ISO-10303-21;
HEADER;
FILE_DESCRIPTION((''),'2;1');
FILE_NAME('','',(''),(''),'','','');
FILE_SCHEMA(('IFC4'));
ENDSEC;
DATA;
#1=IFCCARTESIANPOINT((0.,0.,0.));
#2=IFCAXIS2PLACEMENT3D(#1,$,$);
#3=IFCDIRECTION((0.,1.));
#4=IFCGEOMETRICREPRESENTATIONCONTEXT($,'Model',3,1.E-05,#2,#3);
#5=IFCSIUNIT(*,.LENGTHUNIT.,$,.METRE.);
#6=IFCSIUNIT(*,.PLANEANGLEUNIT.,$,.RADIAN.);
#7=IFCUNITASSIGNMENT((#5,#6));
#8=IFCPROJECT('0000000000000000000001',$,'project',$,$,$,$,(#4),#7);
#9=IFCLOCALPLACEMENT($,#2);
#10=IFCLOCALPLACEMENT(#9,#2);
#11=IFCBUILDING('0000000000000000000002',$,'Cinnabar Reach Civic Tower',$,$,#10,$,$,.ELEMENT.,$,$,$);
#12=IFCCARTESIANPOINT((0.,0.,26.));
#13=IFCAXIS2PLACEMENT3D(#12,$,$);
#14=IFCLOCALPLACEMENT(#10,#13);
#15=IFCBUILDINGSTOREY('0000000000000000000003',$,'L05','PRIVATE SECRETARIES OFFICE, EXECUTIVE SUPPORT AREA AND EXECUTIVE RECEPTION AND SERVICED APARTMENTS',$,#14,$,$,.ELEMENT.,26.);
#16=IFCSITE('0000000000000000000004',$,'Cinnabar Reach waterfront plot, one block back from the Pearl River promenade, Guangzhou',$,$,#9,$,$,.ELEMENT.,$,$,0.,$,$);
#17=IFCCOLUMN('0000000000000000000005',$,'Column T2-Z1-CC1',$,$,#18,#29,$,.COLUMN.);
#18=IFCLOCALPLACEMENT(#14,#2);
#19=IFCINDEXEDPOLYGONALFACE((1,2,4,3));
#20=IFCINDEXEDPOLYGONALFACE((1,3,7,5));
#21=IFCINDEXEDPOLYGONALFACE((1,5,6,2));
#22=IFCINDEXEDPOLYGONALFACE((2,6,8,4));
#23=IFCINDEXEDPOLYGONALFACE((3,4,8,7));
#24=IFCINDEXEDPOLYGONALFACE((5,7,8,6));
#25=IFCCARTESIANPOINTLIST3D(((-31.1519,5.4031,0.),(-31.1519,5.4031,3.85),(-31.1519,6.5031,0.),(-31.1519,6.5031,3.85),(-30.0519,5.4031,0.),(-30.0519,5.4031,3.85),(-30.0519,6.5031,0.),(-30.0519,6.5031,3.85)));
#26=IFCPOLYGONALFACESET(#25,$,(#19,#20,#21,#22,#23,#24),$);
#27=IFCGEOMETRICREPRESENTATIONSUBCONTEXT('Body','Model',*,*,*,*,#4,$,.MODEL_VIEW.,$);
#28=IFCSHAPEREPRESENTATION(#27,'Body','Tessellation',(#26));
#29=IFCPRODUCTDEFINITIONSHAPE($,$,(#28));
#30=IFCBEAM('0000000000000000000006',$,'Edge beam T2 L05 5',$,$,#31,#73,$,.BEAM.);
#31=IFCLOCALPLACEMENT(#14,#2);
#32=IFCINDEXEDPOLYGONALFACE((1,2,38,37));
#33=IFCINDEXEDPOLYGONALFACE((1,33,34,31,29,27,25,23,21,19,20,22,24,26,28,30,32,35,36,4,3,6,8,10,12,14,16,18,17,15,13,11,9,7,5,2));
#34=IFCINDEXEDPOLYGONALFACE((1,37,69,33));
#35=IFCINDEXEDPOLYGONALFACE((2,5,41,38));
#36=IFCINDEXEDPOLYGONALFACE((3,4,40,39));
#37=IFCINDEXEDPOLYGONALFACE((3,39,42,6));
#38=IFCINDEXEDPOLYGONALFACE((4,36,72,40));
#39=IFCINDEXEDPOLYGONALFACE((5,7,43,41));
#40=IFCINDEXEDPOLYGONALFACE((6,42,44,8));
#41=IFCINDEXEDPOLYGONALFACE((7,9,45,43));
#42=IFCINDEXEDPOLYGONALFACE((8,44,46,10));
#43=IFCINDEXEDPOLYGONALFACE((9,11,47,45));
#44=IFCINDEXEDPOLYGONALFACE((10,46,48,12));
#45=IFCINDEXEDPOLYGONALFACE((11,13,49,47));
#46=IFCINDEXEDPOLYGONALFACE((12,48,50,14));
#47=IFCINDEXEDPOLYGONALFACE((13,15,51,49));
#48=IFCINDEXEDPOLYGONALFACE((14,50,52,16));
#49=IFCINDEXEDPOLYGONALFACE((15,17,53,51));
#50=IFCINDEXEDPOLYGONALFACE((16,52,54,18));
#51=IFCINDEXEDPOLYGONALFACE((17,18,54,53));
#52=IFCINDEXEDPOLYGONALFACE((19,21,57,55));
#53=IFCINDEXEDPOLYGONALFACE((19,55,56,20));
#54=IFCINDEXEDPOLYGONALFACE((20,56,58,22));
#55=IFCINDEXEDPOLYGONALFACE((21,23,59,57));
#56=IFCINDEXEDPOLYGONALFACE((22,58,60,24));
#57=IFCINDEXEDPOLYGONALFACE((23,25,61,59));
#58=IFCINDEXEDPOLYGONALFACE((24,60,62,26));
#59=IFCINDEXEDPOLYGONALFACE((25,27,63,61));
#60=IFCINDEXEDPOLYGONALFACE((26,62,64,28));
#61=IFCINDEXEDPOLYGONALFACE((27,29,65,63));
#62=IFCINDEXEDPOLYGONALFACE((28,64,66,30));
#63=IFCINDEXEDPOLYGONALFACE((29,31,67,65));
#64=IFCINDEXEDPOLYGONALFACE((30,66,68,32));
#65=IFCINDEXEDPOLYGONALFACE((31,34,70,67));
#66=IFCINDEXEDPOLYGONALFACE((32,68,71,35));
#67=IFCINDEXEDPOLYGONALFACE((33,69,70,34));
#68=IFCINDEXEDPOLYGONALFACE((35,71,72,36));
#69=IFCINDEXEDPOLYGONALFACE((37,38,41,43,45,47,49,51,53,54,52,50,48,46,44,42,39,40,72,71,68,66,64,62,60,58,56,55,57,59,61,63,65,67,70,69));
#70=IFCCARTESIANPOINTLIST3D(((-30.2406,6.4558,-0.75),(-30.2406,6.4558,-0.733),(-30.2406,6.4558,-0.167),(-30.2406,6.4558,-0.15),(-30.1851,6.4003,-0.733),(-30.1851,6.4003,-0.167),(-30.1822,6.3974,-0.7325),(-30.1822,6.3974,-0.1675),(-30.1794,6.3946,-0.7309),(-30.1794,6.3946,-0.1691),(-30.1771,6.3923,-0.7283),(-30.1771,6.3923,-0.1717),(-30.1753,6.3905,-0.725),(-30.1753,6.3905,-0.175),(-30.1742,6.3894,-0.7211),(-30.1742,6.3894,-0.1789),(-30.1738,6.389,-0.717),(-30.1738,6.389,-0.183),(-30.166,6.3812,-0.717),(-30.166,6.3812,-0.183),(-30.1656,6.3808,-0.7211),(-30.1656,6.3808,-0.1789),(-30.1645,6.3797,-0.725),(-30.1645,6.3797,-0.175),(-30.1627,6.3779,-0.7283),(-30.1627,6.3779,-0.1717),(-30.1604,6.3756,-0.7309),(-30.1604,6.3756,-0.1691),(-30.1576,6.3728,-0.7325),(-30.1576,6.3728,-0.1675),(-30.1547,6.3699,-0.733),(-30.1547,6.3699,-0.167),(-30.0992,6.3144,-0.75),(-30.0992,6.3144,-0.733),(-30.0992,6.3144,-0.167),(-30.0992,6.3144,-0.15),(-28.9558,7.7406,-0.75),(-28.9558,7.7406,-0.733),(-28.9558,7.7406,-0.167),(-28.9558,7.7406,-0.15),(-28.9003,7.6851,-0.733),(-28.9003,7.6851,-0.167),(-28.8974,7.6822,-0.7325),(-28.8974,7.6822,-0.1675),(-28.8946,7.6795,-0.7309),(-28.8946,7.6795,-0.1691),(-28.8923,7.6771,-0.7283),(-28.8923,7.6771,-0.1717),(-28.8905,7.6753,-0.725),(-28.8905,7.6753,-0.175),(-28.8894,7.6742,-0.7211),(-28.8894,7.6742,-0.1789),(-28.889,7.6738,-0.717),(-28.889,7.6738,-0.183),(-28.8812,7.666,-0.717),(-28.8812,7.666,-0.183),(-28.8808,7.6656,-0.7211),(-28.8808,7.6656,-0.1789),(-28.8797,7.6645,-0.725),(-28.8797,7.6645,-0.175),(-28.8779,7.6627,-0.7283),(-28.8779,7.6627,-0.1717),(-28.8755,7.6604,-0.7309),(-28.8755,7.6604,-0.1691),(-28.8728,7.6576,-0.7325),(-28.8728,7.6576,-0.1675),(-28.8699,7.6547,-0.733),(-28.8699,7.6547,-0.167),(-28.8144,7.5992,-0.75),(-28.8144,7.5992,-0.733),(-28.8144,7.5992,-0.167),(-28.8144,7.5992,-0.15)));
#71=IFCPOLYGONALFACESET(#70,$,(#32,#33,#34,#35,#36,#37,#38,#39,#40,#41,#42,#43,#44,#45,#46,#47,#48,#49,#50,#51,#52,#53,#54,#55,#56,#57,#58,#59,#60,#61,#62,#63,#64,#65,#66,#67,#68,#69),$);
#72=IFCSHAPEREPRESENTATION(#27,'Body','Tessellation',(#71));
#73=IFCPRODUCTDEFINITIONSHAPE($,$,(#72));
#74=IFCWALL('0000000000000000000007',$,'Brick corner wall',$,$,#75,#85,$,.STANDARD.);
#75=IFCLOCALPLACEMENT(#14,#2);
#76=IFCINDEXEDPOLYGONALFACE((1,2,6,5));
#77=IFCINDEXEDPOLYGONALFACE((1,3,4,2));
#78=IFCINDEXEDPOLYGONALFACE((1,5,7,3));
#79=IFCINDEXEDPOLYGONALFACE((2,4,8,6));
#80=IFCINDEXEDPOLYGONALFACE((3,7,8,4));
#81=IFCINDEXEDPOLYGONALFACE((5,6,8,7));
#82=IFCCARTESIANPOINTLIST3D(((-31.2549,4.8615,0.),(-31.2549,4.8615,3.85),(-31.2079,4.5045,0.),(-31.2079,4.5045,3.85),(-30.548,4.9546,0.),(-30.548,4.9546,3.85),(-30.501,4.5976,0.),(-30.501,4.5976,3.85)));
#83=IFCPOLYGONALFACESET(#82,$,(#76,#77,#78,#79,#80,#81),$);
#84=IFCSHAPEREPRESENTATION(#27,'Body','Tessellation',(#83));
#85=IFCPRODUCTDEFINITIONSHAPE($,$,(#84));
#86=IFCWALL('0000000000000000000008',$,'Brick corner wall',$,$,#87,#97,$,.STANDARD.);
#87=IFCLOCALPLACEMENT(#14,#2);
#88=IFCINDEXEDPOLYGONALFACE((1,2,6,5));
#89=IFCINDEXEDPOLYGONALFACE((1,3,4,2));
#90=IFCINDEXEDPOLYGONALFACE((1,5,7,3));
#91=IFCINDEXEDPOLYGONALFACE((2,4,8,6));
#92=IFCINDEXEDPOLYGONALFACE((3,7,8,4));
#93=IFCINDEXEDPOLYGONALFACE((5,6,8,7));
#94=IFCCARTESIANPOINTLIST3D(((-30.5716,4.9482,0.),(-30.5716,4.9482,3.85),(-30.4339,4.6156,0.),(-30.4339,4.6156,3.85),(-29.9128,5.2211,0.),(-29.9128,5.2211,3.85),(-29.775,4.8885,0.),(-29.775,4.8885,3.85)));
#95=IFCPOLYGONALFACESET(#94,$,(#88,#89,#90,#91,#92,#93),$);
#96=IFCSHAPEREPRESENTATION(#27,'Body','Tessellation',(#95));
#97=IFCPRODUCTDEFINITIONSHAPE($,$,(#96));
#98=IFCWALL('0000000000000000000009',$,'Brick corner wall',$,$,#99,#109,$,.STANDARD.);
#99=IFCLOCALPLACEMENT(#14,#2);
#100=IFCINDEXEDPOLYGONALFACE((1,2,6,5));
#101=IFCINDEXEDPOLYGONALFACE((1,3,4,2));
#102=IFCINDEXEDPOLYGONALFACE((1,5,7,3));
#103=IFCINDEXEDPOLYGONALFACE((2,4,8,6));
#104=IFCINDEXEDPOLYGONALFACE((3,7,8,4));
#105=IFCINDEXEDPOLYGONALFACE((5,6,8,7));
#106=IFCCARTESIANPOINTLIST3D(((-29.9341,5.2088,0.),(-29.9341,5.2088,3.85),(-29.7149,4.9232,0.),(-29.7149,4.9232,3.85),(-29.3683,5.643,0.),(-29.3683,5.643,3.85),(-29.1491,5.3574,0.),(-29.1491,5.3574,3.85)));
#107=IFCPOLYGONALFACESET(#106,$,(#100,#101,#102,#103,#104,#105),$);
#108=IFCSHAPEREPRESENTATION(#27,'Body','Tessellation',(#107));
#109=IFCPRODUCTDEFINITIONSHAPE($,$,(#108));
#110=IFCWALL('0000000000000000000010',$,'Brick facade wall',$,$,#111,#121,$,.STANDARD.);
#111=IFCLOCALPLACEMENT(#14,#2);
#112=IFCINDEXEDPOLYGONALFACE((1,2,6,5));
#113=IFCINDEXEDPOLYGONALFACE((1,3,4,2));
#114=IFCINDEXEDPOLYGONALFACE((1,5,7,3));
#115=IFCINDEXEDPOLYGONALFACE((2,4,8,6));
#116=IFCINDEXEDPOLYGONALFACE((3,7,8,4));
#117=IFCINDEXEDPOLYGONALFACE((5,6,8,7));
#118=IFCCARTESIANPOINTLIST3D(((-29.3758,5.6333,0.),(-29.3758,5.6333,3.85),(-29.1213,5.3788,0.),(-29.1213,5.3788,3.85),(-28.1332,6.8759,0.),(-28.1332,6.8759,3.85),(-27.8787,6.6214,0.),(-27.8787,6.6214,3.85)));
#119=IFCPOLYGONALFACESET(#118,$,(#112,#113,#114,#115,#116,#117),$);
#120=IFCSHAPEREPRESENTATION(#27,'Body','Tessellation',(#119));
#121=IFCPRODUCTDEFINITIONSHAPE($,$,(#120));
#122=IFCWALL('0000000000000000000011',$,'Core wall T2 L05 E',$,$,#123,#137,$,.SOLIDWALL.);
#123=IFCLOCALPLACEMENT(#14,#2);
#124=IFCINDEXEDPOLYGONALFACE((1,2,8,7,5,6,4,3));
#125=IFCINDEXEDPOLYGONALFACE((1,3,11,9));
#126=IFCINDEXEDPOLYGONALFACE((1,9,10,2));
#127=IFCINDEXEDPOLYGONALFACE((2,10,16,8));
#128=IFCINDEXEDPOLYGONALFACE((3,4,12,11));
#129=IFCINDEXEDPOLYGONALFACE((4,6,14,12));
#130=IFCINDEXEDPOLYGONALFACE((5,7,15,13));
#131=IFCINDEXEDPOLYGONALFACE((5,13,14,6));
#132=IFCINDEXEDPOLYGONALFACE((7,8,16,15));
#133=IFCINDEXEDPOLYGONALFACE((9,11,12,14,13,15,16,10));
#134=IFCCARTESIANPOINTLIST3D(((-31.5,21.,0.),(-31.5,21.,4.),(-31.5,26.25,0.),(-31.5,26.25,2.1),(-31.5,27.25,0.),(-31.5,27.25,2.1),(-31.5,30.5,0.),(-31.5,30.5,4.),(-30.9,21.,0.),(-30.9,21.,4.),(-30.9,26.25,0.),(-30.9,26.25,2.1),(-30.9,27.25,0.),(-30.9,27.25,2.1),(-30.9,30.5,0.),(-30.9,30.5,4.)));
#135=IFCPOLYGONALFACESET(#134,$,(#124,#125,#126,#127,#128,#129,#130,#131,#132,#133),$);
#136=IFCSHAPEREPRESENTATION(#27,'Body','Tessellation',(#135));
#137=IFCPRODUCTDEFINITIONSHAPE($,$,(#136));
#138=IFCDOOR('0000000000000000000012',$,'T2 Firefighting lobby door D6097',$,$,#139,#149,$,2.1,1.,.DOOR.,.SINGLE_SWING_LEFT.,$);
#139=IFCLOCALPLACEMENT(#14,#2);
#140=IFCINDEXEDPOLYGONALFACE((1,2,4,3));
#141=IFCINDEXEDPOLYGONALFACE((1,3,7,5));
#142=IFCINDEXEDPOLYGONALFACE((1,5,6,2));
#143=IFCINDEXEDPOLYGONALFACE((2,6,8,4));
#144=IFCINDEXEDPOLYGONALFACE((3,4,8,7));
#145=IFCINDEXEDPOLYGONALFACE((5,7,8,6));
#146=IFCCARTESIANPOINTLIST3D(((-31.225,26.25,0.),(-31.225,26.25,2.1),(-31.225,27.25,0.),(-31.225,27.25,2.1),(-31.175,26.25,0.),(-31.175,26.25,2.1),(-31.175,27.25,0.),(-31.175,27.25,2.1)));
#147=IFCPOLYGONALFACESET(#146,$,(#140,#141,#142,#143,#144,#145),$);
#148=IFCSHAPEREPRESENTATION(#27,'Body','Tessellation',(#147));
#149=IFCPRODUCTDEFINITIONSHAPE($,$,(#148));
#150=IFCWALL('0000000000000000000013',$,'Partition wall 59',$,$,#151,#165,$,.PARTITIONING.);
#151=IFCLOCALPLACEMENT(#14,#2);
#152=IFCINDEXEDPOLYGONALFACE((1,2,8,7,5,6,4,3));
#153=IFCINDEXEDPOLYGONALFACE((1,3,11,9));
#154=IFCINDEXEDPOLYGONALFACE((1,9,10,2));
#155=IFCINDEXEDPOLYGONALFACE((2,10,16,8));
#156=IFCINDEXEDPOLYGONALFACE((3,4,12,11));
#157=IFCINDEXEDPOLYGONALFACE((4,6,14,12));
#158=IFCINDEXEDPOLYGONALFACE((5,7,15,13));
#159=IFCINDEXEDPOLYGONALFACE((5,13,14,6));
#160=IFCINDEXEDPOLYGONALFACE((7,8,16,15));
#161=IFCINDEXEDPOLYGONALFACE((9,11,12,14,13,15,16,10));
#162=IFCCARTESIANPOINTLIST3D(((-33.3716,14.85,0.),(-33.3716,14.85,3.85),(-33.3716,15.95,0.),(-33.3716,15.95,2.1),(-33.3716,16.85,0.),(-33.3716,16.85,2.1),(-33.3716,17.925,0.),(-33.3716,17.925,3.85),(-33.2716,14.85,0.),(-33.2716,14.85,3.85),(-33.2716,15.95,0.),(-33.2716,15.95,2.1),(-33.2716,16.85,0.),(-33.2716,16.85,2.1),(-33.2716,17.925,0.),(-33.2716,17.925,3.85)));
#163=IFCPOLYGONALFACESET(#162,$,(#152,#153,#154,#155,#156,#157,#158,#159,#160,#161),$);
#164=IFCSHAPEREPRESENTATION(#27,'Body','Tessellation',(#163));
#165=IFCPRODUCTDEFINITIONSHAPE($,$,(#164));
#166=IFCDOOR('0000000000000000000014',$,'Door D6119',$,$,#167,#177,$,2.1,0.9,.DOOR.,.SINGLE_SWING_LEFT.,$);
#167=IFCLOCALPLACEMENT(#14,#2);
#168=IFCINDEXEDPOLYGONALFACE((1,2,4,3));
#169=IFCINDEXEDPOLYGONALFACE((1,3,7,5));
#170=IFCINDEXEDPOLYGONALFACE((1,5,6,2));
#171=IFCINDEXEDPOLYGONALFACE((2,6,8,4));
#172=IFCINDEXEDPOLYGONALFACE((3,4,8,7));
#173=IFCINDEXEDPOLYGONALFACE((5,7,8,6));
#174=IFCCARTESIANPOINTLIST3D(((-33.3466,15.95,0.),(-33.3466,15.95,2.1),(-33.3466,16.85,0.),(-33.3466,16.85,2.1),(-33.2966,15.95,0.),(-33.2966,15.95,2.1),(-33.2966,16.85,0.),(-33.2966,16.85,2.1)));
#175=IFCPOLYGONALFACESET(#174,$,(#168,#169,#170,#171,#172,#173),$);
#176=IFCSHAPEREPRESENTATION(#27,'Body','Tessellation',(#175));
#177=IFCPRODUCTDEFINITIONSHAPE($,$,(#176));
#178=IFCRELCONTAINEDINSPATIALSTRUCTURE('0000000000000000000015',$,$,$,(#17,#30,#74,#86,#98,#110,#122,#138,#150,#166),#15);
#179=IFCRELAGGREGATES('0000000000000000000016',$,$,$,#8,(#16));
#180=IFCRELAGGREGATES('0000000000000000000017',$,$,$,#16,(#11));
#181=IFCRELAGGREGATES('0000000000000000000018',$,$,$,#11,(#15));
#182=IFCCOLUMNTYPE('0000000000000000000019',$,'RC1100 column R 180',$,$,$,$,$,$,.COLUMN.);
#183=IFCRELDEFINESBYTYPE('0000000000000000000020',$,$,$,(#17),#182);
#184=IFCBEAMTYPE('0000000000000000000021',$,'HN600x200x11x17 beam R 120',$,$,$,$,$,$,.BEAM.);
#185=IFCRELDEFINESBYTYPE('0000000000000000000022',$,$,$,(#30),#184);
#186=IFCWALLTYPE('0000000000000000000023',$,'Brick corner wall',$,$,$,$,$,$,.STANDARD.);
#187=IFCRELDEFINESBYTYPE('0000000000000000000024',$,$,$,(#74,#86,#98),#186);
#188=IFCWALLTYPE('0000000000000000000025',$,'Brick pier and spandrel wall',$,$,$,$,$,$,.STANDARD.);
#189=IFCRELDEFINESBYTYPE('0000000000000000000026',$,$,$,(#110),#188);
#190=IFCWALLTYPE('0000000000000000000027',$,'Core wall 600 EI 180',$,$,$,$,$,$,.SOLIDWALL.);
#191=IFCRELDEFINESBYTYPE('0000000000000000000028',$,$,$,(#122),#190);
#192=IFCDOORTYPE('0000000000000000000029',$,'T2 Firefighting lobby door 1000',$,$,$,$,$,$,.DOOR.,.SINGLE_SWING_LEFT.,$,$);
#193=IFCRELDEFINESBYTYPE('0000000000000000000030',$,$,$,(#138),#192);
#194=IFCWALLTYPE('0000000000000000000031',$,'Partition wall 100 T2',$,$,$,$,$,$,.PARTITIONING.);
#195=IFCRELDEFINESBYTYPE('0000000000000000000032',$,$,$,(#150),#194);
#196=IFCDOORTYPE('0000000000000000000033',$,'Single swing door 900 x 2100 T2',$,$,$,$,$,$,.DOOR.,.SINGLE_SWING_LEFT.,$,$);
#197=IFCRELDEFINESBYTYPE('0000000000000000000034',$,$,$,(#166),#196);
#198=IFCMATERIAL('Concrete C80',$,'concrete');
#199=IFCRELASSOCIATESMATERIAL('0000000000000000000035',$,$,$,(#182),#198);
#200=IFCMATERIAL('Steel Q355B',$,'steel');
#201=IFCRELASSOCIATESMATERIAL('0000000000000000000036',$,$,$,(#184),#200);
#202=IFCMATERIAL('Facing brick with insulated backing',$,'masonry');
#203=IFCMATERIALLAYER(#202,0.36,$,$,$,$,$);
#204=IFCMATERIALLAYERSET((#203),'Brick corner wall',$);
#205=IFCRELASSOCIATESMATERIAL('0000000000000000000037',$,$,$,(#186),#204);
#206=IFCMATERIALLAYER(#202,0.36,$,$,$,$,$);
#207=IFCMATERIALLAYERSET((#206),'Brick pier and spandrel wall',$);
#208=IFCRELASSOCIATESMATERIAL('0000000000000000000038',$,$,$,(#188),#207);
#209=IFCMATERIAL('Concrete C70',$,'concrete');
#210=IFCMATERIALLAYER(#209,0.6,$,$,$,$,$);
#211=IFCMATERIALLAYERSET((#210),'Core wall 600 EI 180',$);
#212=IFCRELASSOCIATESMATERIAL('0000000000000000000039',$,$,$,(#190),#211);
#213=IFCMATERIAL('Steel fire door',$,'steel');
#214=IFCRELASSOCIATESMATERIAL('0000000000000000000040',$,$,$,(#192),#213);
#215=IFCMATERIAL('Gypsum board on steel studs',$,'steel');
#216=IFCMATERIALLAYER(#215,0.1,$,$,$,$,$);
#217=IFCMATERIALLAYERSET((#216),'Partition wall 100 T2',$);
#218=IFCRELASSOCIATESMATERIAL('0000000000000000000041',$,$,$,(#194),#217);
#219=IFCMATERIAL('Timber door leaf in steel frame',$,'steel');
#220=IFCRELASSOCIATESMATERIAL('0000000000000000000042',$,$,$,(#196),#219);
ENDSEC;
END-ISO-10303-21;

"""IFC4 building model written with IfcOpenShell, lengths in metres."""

from ifc_helpers import new_model, si_unit, direction, frame, frame_2d, origin, origin_2d, place, context, subcontext, project, spatial, rectangle, i_section, extrude, material, layer, layer_set, material_profile, profile_set, type_object, element, fill, save


model = new_model("IFC4")

# Units and contexts
model_context = context("Model", 3, precision=1e-05, world=origin(), true_north=direction((0.0, 1.0)))
body_context = subcontext(model_context, "Body", "Model", "MODEL_VIEW")
ifc_project = project(units=[si_unit("LENGTHUNIT", "METRE"), si_unit("PLANEANGLEUNIT", "RADIAN")], contexts=[model_context])

# Site, building, storey
site_placement = place(None, origin())
site = spatial("IfcSite", under=ifc_project, at=site_placement, Name="Cinnabar Reach waterfront plot, one block back from the Pearl River promenade, Guangzhou", CompositionType="ELEMENT", RefElevation=0.0)
building_placement = place(site_placement, origin())
building = spatial("IfcBuilding", under=site, at=building_placement, Name="Cinnabar Reach Civic Tower", CompositionType="ELEMENT")
storey_placement = place(building_placement, frame((0.0, 0.0, 26.0)))
storey = spatial("IfcBuildingStorey", under=building, at=storey_placement, Name="L05", Description="PRIVATE SECRETARIES OFFICE, EXECUTIVE SUPPORT AREA AND EXECUTIVE RECEPTION AND SERVICED APARTMENTS", CompositionType="ELEMENT", Elevation=26.0)

# Column
ifc_material_1 = material(Name="Concrete C80", Category="concrete")
ifc_material_profile_1 = material_profile(ifc_material_1, rectangle(XDim=1.1, YDim=1.1, at=origin_2d()), Name="RC1100")
ifc_profile_set_1 = profile_set([ifc_material_profile_1], Name="Concrete C80")
column_type = type_object("IfcColumnType", Name="RC1100 column R 180", PredefinedType="COLUMN", material=ifc_profile_set_1)
column_placement = place(storey_placement, frame((-30.6019, 5.9531, 0.0), z_axis=(0.0, 0.0, 1.0), x_axis=(1.0, 0.0, 0.0)))
element("IfcColumn", 1, at=column_placement, inside=storey, type_object=column_type, Name="Column T2-Z1-CC1", PredefinedType="COLUMN", context=body_context, shape_type="SweptSolid", body=[
    extrude(rectangle(XDim=1.1, YDim=1.1, at=origin_2d()), origin(), (0.0, 0.0, 1.0), 3.85),
])

# Beam
ifc_material_2 = material(Name="Steel Q355B", Category="steel")
ifc_material_profile_2 = material_profile(ifc_material_2, i_section(OverallWidth=0.2, OverallDepth=0.6, WebThickness=0.011, FlangeThickness=0.017, FilletRadius=0.016, at=origin_2d()), Name="HN600x200x11x17")
ifc_profile_set_2 = profile_set([ifc_material_profile_2], Name="Steel Q355B")
beam_type = type_object("IfcBeamType", Name="HN600x200x11x17 beam R 120", PredefinedType="BEAM", material=ifc_profile_set_2)
beam_placement = place(storey_placement, frame((-30.1699, 6.3851, -0.45), z_axis=(0.707107, 0.707107, 0.0), x_axis=(-0.707107, 0.707107, 0.0)))
element("IfcBeam", 2, at=beam_placement, inside=storey, type_object=beam_type, Name="Edge beam T2 L05 5", PredefinedType="BEAM", context=body_context, shape_type="SweptSolid", body=[
    extrude(i_section(OverallWidth=0.2, OverallDepth=0.6, WebThickness=0.011, FlangeThickness=0.017, FilletRadius=0.016, at=origin_2d()), origin(), (0.0, 0.0, 1.0), 1.817),
])

# Walls
ifc_material_3 = material(Name="Facing brick with insulated backing", Category="masonry")
ifc_layer_1 = layer(ifc_material_3, 0.36)
ifc_layer_set_1 = layer_set([ifc_layer_1], Name="Brick corner wall")
wall_type_1 = type_object("IfcWallType", Name="Brick corner wall", PredefinedType="STANDARD", material=ifc_layer_set_1)
for number, where, z_axis, x_axis, name in (
    (3, (-31.2314, 4.683, 0.0), (0.0, 0.0, 1.0), (0.991441, 0.130556, 0.0), "Brick corner wall"),
    (4, (-30.5027, 4.7819, 0.0), (0.0, 0.0, 1.0), (0.923872, 0.382703, 0.0), "Brick corner wall"),
):
    element("IfcWall", number, at=place(storey_placement, frame(where, z_axis=z_axis, x_axis=x_axis)), inside=storey, type_object=wall_type_1, Name=name, PredefinedType="STANDARD", context=body_context, shape_type="SweptSolid", body=[
        extrude(rectangle(XDim=0.7131, YDim=0.36, at=frame_2d((0.3565, 0.0))), origin(), (0.0, 0.0, 1.0), 3.85),
    ])
wall_1_placement = place(storey_placement, frame((-29.8245, 5.066, 0.0), z_axis=(0.0, 0.0, 1.0), x_axis=(0.793322, 0.608802, 0.0)))
element("IfcWall", 5, at=wall_1_placement, inside=storey, type_object=wall_type_1, Name="Brick corner wall", PredefinedType="STANDARD", context=body_context, shape_type="SweptSolid", body=[
    extrude(rectangle(XDim=0.7132, YDim=0.36, at=frame_2d((0.3566, 0.0))), origin(), (0.0, 0.0, 1.0), 3.85),
])
ifc_layer_2 = layer(ifc_material_3, 0.36)
ifc_layer_set_2 = layer_set([ifc_layer_2], Name="Brick pier and spandrel wall")
wall_type_2 = type_object("IfcWallType", Name="Brick pier and spandrel wall", PredefinedType="STANDARD", material=ifc_layer_set_2)
wall_2_placement = place(storey_placement, frame((-29.2486, 5.506, 0.0), z_axis=(0.0, 0.0, 1.0), x_axis=(0.707107, 0.707107, 0.0)))
element("IfcWall", 6, at=wall_2_placement, inside=storey, type_object=wall_type_2, Name="Brick facade wall", PredefinedType="STANDARD", context=body_context, shape_type="SweptSolid", body=[
    extrude(rectangle(XDim=1.7573, YDim=0.36, at=frame_2d((0.8787, 0.0))), origin(), (0.0, 0.0, 1.0), 3.85),
])

# Walls, openings, doors
ifc_material_4 = material(Name="Concrete C70", Category="concrete")
ifc_layer_3 = layer(ifc_material_4, 0.6)
ifc_layer_set_3 = layer_set([ifc_layer_3], Name="Core wall 600 EI 180")
wall_type_3 = type_object("IfcWallType", Name="Core wall 600 EI 180", PredefinedType="SOLIDWALL", material=ifc_layer_set_3)
wall_3_placement = place(storey_placement, frame((-31.2, 21.0, 0.0), z_axis=(0.0, 0.0, 1.0), x_axis=(0.0, 1.0, 0.0)))
wall_3 = element("IfcWall", 7, at=wall_3_placement, inside=storey, type_object=wall_type_3, Name="Core wall T2 L05 E", PredefinedType="SOLIDWALL", context=body_context, shape_type="SweptSolid", body=[
    extrude(rectangle(XDim=9.5, YDim=0.6, at=frame_2d((4.75, 0.0))), origin(), (0.0, 0.0, 1.0), 4.0),
])
opening_1_placement = place(wall_3_placement, frame((5.25, 0.0, 0.0)))
opening_1 = element("IfcOpeningElement", 8, at=opening_1_placement, cuts=wall_3, PredefinedType="OPENING", context=body_context, shape_type="SweptSolid", body=[
    extrude(rectangle(XDim=1.0, YDim=2.1, at=frame_2d((0.5, 1.05))), frame((0.0, 0.31, 0.0), z_axis=(0.0, -1.0, 0.0), x_axis=(1.0, 0.0, 0.0)), (0.0, 0.0, 1.0), 0.62),
])
ifc_material_5 = material(Name="Steel fire door", Category="steel")
door_type_1 = type_object("IfcDoorType", Name="T2 Firefighting lobby door 1000", OperationType="SINGLE_SWING_LEFT", PredefinedType="DOOR", material=ifc_material_5)
door_1_placement = place(opening_1_placement, frame((1.0, 0.0, 0.0), z_axis=(0.0, 0.0, 1.0), x_axis=(-1.0, 0.0, 0.0)))
door_1 = element("IfcDoor", 9, at=door_1_placement, inside=storey, type_object=door_type_1, Name="T2 Firefighting lobby door D6097", OperationType="SINGLE_SWING_LEFT", OverallHeight=2.1, OverallWidth=1.0, PredefinedType="DOOR", context=body_context, shape_type="SweptSolid", body=[
    extrude(rectangle(XDim=1.0, YDim=2.1, at=frame_2d((0.5, 1.05))), frame((0.0, 0.025, 0.0), z_axis=(0.0, -1.0, 0.0), x_axis=(1.0, 0.0, 0.0)), (0.0, 0.0, 1.0), 0.05),
])
fill(opening_1, door_1)
ifc_material_6 = material(Name="Gypsum board on steel studs", Category="steel")
ifc_layer_4 = layer(ifc_material_6, 0.1)
ifc_layer_set_4 = layer_set([ifc_layer_4], Name="Partition wall 100 T2")
wall_type_4 = type_object("IfcWallType", Name="Partition wall 100 T2", PredefinedType="PARTITIONING", material=ifc_layer_set_4)
wall_4_placement = place(storey_placement, frame((-33.3216, 14.85, 0.0), z_axis=(0.0, 0.0, 1.0), x_axis=(0.0, 1.0, 0.0)))
wall_4 = element("IfcWall", 10, at=wall_4_placement, inside=storey, type_object=wall_type_4, Name="Partition wall 59", PredefinedType="PARTITIONING", context=body_context, shape_type="SweptSolid", body=[
    extrude(rectangle(XDim=3.075, YDim=0.1, at=frame_2d((1.5375, 0.0))), origin(), (0.0, 0.0, 1.0), 3.85),
])
opening_2_placement = place(wall_4_placement, frame((1.1, 0.0, 0.0)))
opening_2 = element("IfcOpeningElement", 11, at=opening_2_placement, cuts=wall_4, PredefinedType="OPENING", context=body_context, shape_type="SweptSolid", body=[
    extrude(rectangle(XDim=0.9, YDim=2.1, at=frame_2d((0.45, 1.05))), frame((0.0, 0.06, 0.0), z_axis=(0.0, -1.0, 0.0), x_axis=(1.0, 0.0, 0.0)), (0.0, 0.0, 1.0), 0.12),
])
ifc_material_7 = material(Name="Timber door leaf in steel frame", Category="steel")
door_type_2 = type_object("IfcDoorType", Name="Single swing door 900 x 2100 T2", OperationType="SINGLE_SWING_LEFT", PredefinedType="DOOR", material=ifc_material_7)
door_2_placement = place(opening_2_placement, origin())
door_2 = element("IfcDoor", 12, at=door_2_placement, inside=storey, type_object=door_type_2, Name="Door D6119", OperationType="SINGLE_SWING_LEFT", OverallHeight=2.1, OverallWidth=0.9, PredefinedType="DOOR", context=body_context, shape_type="SweptSolid", body=[
    extrude(rectangle(XDim=0.9, YDim=2.1, at=frame_2d((0.45, 1.05))), frame((0.0, 0.025, 0.0), z_axis=(0.0, -1.0, 0.0), x_axis=(1.0, 0.0, 0.0)), (0.0, 0.0, 1.0), 0.05),
])
fill(opening_2, door_2)

save(model, "model.ifc")
